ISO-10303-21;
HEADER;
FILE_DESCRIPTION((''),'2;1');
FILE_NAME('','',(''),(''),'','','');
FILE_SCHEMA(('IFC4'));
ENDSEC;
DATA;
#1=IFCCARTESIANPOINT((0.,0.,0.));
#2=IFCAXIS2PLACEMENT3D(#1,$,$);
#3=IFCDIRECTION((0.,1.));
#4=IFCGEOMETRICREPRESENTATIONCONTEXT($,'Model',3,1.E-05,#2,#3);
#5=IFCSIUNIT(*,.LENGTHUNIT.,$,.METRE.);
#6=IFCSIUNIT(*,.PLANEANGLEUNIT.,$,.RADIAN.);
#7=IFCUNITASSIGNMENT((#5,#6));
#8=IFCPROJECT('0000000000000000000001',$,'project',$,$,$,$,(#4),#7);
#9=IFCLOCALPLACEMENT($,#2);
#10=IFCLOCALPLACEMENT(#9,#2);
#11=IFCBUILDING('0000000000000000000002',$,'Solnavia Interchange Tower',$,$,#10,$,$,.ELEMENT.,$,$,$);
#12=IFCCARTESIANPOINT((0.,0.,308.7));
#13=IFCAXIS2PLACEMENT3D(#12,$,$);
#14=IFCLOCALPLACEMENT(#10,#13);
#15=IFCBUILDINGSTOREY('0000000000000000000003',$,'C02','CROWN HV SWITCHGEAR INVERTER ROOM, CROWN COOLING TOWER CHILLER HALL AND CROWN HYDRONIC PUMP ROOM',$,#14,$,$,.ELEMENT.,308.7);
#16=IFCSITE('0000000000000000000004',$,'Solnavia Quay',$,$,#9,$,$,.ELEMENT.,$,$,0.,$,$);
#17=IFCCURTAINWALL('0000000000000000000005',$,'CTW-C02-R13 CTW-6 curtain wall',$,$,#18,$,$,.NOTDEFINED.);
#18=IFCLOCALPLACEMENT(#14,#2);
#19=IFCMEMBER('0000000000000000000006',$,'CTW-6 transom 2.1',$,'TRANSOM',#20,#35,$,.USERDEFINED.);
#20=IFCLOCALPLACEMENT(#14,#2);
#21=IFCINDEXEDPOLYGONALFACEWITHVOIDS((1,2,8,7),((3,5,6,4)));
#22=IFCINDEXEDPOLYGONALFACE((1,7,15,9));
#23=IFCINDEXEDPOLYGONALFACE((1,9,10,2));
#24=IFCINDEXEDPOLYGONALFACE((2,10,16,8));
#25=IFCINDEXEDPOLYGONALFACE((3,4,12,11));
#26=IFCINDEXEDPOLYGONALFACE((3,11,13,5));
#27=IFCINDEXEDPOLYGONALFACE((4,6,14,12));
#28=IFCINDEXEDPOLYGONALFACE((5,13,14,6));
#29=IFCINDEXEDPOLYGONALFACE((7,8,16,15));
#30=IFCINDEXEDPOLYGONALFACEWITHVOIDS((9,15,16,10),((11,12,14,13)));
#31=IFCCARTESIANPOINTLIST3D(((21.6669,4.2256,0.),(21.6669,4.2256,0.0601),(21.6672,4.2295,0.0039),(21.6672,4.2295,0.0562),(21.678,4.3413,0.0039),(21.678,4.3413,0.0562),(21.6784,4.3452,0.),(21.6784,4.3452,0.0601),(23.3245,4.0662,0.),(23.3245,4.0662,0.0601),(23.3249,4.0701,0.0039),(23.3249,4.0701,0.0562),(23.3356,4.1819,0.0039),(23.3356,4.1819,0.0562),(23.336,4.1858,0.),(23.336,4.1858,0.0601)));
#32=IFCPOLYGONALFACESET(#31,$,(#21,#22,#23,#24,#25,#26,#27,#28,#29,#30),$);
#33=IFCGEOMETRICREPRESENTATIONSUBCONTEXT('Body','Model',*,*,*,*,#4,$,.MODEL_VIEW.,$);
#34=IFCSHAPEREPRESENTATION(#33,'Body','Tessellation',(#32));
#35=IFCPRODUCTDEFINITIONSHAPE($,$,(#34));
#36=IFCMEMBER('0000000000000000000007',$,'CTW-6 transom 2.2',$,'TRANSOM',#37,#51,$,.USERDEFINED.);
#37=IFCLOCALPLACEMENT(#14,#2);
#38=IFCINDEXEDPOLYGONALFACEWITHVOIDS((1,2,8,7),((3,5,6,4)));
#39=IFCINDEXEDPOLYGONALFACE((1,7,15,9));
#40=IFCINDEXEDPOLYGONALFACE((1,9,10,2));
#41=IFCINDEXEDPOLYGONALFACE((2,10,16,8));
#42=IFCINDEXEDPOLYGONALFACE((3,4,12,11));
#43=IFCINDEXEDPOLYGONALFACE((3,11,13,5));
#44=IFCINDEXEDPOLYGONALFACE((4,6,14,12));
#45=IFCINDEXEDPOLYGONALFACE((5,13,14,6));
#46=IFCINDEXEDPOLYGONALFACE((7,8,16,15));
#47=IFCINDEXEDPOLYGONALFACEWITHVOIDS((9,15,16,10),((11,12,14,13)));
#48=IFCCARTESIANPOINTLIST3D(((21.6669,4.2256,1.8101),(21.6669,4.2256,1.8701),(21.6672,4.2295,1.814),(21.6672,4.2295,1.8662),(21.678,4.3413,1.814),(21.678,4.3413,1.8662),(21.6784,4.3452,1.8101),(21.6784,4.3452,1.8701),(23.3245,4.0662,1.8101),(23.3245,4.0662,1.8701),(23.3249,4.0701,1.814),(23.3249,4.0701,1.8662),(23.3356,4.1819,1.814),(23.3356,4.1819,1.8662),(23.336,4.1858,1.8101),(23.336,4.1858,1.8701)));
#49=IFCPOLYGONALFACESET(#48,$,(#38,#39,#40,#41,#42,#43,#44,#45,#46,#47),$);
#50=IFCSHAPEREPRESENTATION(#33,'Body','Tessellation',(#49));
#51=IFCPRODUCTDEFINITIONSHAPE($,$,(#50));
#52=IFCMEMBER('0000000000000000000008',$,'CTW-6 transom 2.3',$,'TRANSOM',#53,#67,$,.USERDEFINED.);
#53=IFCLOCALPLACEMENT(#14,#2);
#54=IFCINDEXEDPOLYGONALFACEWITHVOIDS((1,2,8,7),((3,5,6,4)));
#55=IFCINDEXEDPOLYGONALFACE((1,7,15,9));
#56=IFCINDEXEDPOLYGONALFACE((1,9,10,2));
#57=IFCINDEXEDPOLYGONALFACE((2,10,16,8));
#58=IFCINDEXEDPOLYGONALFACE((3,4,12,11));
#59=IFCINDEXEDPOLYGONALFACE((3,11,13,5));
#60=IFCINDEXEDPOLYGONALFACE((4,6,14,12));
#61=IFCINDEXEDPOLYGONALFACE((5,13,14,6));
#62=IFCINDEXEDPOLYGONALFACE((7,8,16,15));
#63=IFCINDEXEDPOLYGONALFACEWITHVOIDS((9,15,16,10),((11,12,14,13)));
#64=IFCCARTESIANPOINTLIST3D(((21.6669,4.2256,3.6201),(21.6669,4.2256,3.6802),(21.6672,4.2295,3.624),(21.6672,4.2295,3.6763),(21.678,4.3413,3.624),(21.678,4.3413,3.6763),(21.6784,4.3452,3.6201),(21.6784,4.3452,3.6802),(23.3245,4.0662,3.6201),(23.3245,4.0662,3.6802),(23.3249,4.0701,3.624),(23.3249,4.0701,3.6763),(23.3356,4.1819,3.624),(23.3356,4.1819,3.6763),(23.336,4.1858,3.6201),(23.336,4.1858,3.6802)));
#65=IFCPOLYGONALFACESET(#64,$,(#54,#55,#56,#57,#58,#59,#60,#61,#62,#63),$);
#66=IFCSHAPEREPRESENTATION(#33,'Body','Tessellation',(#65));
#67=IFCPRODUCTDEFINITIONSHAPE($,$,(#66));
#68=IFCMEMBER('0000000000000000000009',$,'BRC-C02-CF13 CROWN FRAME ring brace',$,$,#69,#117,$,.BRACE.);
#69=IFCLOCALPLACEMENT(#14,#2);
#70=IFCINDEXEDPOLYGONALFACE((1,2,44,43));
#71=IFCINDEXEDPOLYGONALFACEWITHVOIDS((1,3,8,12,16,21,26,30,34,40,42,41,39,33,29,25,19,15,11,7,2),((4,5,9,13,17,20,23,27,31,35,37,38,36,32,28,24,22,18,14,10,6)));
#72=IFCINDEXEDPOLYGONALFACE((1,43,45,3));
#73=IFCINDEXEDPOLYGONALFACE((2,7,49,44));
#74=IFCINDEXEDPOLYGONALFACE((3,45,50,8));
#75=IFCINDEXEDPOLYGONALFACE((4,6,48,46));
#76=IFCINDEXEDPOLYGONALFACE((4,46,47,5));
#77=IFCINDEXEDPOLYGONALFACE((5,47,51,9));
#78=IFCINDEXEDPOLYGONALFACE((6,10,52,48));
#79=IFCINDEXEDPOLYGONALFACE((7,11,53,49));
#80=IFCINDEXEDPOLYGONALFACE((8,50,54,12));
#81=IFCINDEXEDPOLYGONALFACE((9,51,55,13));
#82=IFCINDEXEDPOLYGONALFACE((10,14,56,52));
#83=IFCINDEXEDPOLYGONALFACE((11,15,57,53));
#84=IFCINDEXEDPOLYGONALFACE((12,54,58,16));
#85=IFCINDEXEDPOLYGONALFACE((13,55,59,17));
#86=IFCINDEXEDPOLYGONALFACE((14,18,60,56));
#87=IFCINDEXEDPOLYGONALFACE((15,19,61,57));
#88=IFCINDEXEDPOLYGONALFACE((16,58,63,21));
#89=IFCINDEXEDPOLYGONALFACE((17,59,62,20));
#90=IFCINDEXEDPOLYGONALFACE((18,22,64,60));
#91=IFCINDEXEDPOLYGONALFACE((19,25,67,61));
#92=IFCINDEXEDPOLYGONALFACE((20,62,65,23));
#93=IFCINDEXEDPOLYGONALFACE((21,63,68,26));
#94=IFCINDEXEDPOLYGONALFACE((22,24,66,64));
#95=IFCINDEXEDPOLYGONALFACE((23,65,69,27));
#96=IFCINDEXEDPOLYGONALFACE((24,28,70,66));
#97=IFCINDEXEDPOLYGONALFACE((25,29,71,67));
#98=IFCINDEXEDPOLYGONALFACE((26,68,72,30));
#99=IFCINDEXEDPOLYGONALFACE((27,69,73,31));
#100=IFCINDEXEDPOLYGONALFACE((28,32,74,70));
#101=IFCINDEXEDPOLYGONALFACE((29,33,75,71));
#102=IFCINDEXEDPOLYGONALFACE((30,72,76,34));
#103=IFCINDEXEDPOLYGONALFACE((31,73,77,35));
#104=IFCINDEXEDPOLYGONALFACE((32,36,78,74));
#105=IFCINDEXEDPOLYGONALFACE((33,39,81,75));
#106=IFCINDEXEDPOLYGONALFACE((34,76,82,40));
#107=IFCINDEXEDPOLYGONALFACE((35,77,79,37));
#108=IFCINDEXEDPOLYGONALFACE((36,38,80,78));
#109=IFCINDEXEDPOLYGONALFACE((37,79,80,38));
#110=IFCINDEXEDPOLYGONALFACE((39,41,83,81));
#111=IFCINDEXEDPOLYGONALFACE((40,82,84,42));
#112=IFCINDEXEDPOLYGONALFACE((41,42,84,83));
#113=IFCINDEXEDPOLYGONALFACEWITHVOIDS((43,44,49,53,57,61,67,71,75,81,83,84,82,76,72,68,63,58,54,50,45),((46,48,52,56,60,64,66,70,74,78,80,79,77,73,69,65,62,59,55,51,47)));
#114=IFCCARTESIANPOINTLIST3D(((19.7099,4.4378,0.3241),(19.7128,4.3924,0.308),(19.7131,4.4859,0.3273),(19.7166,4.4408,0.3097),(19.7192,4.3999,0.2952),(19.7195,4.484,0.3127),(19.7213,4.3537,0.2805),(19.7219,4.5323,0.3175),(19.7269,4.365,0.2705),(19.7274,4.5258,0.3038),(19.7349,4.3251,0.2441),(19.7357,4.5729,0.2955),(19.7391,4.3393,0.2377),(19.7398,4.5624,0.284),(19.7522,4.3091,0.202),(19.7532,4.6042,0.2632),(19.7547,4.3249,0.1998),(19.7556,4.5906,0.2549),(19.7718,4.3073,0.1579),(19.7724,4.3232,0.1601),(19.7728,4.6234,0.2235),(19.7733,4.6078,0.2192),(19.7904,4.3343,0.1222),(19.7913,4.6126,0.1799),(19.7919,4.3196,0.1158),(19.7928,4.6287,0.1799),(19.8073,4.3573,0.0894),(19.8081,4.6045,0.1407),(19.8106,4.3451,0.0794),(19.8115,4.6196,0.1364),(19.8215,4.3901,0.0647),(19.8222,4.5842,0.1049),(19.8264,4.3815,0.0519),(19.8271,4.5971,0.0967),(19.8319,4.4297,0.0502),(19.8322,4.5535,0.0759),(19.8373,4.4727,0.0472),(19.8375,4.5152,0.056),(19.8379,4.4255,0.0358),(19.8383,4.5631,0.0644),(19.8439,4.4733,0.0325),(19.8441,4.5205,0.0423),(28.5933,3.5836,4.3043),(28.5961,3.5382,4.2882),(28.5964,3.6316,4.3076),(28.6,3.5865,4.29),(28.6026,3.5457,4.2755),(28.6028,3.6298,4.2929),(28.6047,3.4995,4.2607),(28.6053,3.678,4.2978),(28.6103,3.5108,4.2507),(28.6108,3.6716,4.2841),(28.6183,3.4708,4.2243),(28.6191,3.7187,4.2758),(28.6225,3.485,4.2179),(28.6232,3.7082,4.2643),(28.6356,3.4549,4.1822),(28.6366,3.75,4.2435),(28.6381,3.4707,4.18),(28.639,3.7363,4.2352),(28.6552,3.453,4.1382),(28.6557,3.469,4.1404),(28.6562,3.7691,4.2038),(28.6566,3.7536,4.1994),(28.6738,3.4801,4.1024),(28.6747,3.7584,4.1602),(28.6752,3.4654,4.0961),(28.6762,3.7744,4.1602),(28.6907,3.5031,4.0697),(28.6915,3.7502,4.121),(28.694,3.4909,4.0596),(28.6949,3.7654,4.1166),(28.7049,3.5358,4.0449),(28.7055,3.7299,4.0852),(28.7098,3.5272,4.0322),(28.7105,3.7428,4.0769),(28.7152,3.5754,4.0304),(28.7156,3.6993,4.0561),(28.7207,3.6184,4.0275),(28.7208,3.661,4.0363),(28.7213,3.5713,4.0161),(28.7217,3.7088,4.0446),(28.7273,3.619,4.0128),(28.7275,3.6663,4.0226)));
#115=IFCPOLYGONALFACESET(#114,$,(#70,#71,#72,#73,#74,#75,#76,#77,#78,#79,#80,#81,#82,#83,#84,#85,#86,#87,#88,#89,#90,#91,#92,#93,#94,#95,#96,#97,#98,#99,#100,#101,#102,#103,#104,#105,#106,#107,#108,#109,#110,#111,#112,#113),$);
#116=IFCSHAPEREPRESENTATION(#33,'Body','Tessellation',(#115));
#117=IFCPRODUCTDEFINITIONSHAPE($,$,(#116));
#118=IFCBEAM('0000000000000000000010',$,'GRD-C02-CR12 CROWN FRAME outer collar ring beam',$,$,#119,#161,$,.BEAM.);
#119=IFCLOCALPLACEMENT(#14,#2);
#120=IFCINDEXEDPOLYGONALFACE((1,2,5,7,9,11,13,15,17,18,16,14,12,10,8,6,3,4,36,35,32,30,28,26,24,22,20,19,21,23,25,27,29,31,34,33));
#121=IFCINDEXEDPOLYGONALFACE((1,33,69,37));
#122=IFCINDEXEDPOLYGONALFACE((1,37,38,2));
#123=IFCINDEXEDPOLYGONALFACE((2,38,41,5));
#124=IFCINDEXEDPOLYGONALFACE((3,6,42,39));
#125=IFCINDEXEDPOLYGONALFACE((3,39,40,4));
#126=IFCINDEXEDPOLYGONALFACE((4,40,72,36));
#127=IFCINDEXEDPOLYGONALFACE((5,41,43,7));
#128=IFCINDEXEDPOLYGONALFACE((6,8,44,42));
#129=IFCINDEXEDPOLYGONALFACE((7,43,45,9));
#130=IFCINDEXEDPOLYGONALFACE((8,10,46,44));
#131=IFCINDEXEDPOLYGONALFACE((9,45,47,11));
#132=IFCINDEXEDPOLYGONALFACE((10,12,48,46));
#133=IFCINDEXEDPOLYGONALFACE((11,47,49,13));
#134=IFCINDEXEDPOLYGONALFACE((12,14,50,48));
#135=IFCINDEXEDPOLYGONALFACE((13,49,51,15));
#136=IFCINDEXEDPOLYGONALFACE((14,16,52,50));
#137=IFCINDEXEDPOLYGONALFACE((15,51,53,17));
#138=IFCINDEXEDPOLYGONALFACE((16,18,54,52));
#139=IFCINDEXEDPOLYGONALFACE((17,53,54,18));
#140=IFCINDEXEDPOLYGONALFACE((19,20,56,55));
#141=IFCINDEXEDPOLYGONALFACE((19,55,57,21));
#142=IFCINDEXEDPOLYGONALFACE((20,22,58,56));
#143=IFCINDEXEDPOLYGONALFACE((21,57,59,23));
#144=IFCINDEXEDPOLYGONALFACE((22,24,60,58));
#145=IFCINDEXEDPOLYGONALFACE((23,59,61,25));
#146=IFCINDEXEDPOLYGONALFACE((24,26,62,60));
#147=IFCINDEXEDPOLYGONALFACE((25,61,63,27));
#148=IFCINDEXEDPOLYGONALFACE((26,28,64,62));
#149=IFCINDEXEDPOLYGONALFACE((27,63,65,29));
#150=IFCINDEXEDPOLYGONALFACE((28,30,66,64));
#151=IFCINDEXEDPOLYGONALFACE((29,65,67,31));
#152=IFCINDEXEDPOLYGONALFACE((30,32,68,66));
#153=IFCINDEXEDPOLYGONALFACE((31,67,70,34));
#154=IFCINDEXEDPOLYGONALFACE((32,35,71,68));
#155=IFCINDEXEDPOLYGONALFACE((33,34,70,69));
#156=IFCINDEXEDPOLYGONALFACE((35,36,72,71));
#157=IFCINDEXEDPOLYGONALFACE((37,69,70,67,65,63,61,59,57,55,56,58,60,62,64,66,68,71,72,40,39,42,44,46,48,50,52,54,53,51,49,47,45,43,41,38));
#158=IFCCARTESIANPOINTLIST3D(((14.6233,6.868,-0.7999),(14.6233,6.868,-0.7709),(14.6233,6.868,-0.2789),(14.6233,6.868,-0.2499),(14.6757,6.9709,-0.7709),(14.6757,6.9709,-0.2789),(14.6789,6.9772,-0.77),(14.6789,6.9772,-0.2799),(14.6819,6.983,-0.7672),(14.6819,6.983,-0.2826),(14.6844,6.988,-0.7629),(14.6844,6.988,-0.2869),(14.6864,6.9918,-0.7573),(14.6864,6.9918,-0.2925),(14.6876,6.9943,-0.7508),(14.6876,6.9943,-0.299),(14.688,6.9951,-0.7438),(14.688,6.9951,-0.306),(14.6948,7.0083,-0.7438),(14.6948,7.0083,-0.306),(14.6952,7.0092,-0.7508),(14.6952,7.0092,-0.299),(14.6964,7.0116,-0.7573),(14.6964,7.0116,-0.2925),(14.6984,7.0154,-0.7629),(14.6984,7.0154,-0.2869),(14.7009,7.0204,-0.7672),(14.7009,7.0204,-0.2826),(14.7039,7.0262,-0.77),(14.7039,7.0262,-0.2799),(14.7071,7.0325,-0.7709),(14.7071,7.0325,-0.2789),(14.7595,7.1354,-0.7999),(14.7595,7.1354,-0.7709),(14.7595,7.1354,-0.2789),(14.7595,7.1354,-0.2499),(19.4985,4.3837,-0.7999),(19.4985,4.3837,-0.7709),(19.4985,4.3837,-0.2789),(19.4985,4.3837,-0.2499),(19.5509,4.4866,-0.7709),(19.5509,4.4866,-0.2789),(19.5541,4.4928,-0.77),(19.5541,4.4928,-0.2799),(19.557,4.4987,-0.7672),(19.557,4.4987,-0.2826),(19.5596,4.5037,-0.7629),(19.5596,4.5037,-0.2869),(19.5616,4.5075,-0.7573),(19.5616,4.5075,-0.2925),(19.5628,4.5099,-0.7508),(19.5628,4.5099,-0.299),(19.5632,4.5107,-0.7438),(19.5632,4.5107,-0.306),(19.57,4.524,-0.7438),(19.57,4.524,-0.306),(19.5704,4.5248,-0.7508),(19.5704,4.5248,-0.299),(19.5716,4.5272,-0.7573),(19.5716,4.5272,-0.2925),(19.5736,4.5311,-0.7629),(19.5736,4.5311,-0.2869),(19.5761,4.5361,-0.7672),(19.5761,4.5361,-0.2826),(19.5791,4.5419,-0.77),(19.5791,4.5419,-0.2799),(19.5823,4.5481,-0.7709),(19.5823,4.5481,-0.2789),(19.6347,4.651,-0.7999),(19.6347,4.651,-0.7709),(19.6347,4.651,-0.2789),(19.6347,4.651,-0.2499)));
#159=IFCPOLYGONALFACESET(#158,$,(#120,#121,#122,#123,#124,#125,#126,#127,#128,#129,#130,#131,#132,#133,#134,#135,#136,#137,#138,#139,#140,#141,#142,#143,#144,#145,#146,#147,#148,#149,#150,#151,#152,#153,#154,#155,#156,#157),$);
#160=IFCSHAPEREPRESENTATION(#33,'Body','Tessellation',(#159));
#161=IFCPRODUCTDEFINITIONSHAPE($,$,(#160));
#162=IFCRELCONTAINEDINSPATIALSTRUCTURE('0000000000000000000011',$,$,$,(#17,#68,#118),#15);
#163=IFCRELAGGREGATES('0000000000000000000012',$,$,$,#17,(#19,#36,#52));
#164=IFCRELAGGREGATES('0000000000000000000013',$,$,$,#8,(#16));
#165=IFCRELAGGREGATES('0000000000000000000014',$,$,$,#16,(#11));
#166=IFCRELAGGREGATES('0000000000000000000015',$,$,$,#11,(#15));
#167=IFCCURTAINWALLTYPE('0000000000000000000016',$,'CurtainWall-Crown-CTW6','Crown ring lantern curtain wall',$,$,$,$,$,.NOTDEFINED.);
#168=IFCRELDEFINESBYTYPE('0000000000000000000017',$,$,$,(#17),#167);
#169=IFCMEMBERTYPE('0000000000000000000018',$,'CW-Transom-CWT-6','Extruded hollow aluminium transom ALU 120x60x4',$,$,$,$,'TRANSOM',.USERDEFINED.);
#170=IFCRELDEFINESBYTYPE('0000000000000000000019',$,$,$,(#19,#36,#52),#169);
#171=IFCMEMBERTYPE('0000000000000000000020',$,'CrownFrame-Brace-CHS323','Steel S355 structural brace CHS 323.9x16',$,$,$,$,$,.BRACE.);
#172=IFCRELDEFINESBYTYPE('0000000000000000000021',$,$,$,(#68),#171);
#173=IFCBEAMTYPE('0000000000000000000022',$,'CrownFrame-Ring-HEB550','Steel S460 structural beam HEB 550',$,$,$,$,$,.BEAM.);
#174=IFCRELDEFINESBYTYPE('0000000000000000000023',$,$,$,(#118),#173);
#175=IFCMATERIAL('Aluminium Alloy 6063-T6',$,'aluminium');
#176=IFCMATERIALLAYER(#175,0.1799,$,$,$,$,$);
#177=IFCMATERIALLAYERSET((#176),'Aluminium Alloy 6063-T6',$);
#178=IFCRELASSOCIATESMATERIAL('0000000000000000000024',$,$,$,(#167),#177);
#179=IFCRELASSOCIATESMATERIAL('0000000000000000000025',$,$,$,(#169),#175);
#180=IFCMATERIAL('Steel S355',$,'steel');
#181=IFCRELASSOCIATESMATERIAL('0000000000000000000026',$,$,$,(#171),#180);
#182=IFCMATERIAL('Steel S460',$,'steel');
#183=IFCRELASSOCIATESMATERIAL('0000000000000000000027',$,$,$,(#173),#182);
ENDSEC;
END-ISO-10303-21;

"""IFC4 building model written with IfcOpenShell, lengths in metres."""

from ifc_helpers import new_model, si_unit, direction, frame, origin, origin_2d, place, context, subcontext, project, spatial, hollow_rectangle, hollow_circle, i_section, extrude, material, layer, layer_set, material_profile, profile_set, type_object, element, aggregate, save


model = new_model("IFC4")

# Units and contexts
model_context = context("Model", 3, precision=1e-05, world=origin(), true_north=direction((0.0, 1.0)))
body_context = subcontext(model_context, "Body", "Model", "MODEL_VIEW")
ifc_project = project(units=[si_unit("LENGTHUNIT", "METRE"), si_unit("PLANEANGLEUNIT", "RADIAN")], contexts=[model_context])

# Site, building, storey
site_placement = place(None, origin())
site = spatial("IfcSite", under=ifc_project, at=site_placement, Name="Solnavia Quay", CompositionType="ELEMENT", RefElevation=0.0)
building_placement = place(site_placement, origin())
building = spatial("IfcBuilding", under=site, at=building_placement, Name="Solnavia Interchange Tower", CompositionType="ELEMENT")
storey_placement = place(building_placement, frame((0.0, 0.0, 308.7)))
storey = spatial("IfcBuildingStorey", under=building, at=storey_placement, Name="C02", Description="CROWN HV SWITCHGEAR INVERTER ROOM, CROWN COOLING TOWER CHILLER HALL AND CROWN HYDRONIC PUMP ROOM", CompositionType="ELEMENT", Elevation=308.7)

# Shared definitions
ifc_material_1 = material(Name="Steel S460", Category="steel")

# Curtain wall, members
ifc_material_2 = material(Name="Aluminium Alloy 6063-T6", Category="aluminium")
ifc_layer_1 = layer(ifc_material_2, 0.1799)
ifc_layer_set_1 = layer_set([ifc_layer_1], Name="Aluminium Alloy 6063-T6")
curtain_wall_type = type_object("IfcCurtainWallType", Name="CurtainWall-Crown-CTW6", Description="Crown ring lantern curtain wall", PredefinedType="NOTDEFINED", material=ifc_layer_set_1)
curtain_wall_placement = place(storey_placement, origin())
curtain_wall = element("IfcCurtainWall", 1, at=curtain_wall_placement, inside=storey, type_object=curtain_wall_type, Name="CTW-C02-R13 CTW-6 curtain wall", PredefinedType="NOTDEFINED")
ifc_material_profile_1 = material_profile(ifc_material_2, hollow_rectangle(XDim=0.0601, YDim=0.1201, WallThickness=0.0039, at=origin_2d()), Name="ALU 120x60x4")
ifc_profile_set_1 = profile_set([ifc_material_profile_1], Name="Aluminium Alloy 6063-T6")
member_type_1 = type_object("IfcMemberType", Name="CW-Transom-CWT-6", Description="Extruded hollow aluminium transom ALU 120x60x4", ElementType="TRANSOM", PredefinedType="USERDEFINED", material=ifc_profile_set_1)
member_1_placement = place(storey_placement, frame((21.6726, 4.2854, 0.03), z_axis=(0.995407, -0.095729, 0.0), x_axis=(0.0, 0.0, 1.0)))
member_1 = element("IfcMember", 2, at=member_1_placement, type_object=member_type_1, Name="CTW-6 transom 2.1", ObjectType="TRANSOM", PredefinedType="USERDEFINED", context=body_context, shape_type="SweptSolid", body=[
    extrude(hollow_rectangle(XDim=0.0601, YDim=0.1201, WallThickness=0.0039, at=origin_2d()), origin(), (0.0, 0.0, 1.0), 1.6653),
])
member_2_placement = place(storey_placement, frame((21.6726, 4.2854, 1.8401), z_axis=(0.995407, -0.095729, 0.0), x_axis=(0.0, 0.0, 1.0)))
member_2 = element("IfcMember", 3, at=member_2_placement, type_object=member_type_1, Name="CTW-6 transom 2.2", ObjectType="TRANSOM", PredefinedType="USERDEFINED", context=body_context, shape_type="SweptSolid", body=[
    extrude(hollow_rectangle(XDim=0.0601, YDim=0.1201, WallThickness=0.0039, at=origin_2d()), origin(), (0.0, 0.0, 1.0), 1.6653),
])
member_3_placement = place(storey_placement, frame((21.6726, 4.2854, 3.6501), z_axis=(0.995407, -0.095729, 0.0), x_axis=(0.0, 0.0, 1.0)))
member_3 = element("IfcMember", 4, at=member_3_placement, type_object=member_type_1, Name="CTW-6 transom 2.3", ObjectType="TRANSOM", PredefinedType="USERDEFINED", context=body_context, shape_type="SweptSolid", body=[
    extrude(hollow_rectangle(XDim=0.0601, YDim=0.1201, WallThickness=0.0039, at=origin_2d()), origin(), (0.0, 0.0, 1.0), 1.6653),
])

# Member
ifc_material_3 = material(Name="Steel S355", Category="steel")
ifc_material_profile_2 = material_profile(ifc_material_3, hollow_circle(Radius=0.1619, WallThickness=0.0161, at=origin_2d()), Name="CHS 323.9x16")
ifc_profile_set_2 = profile_set([ifc_material_profile_2], Name="Steel S355")
member_type_2 = type_object("IfcMemberType", Name="CrownFrame-Brace-CHS323", Description="Steel S355 structural brace CHS 323.9x16", PredefinedType="BRACE", material=ifc_profile_set_2)
member_4_placement = place(storey_placement, frame((19.7773, 4.4675, 0.1799), z_axis=(0.90909, -0.087421, 0.407324), x_axis=(0.095722, 0.995408, 0.0)))
element("IfcMember", 5, at=member_4_placement, inside=storey, type_object=member_type_2, Name="BRC-C02-CF13 CROWN FRAME ring brace", PredefinedType="BRACE", context=body_context, shape_type="SweptSolid", body=[
    extrude(hollow_circle(Radius=0.1619, WallThickness=0.0161, at=origin_2d()), origin(), (0.0, 0.0, 1.0), 9.7717),
])

# Beam
ifc_material_profile_3 = material_profile(ifc_material_1, i_section(OverallWidth=0.3, OverallDepth=0.55, WebThickness=0.0149, FlangeThickness=0.0291, FilletRadius=0.0271, at=origin_2d()), Name="HEB 550")
ifc_profile_set_3 = profile_set([ifc_material_profile_3], Name="Steel S460")
beam_type = type_object("IfcBeamType", Name="CrownFrame-Ring-HEB550", Description="Steel S460 structural beam HEB 550", PredefinedType="BEAM", material=ifc_profile_set_3)
beam_1_placement = place(storey_placement, frame((14.6914, 7.0017, -0.5249), z_axis=(0.890983, -0.454036, 0.0), x_axis=(0.454036, 0.890983, 0.0)))
element("IfcBeam", 6, at=beam_1_placement, inside=storey, type_object=beam_type, Name="GRD-C02-CR12 CROWN FRAME outer collar ring beam", PredefinedType="BEAM", context=body_context, shape_type="SweptSolid", body=[
    extrude(i_section(OverallWidth=0.3, OverallDepth=0.55, WebThickness=0.0149, FlangeThickness=0.0291, FilletRadius=0.0271, at=origin_2d()), origin(), (0.0, 0.0, 1.0), 5.4717),
])

aggregate(curtain_wall, [member_1, member_2, member_3])

save(model, "model.ifc")
